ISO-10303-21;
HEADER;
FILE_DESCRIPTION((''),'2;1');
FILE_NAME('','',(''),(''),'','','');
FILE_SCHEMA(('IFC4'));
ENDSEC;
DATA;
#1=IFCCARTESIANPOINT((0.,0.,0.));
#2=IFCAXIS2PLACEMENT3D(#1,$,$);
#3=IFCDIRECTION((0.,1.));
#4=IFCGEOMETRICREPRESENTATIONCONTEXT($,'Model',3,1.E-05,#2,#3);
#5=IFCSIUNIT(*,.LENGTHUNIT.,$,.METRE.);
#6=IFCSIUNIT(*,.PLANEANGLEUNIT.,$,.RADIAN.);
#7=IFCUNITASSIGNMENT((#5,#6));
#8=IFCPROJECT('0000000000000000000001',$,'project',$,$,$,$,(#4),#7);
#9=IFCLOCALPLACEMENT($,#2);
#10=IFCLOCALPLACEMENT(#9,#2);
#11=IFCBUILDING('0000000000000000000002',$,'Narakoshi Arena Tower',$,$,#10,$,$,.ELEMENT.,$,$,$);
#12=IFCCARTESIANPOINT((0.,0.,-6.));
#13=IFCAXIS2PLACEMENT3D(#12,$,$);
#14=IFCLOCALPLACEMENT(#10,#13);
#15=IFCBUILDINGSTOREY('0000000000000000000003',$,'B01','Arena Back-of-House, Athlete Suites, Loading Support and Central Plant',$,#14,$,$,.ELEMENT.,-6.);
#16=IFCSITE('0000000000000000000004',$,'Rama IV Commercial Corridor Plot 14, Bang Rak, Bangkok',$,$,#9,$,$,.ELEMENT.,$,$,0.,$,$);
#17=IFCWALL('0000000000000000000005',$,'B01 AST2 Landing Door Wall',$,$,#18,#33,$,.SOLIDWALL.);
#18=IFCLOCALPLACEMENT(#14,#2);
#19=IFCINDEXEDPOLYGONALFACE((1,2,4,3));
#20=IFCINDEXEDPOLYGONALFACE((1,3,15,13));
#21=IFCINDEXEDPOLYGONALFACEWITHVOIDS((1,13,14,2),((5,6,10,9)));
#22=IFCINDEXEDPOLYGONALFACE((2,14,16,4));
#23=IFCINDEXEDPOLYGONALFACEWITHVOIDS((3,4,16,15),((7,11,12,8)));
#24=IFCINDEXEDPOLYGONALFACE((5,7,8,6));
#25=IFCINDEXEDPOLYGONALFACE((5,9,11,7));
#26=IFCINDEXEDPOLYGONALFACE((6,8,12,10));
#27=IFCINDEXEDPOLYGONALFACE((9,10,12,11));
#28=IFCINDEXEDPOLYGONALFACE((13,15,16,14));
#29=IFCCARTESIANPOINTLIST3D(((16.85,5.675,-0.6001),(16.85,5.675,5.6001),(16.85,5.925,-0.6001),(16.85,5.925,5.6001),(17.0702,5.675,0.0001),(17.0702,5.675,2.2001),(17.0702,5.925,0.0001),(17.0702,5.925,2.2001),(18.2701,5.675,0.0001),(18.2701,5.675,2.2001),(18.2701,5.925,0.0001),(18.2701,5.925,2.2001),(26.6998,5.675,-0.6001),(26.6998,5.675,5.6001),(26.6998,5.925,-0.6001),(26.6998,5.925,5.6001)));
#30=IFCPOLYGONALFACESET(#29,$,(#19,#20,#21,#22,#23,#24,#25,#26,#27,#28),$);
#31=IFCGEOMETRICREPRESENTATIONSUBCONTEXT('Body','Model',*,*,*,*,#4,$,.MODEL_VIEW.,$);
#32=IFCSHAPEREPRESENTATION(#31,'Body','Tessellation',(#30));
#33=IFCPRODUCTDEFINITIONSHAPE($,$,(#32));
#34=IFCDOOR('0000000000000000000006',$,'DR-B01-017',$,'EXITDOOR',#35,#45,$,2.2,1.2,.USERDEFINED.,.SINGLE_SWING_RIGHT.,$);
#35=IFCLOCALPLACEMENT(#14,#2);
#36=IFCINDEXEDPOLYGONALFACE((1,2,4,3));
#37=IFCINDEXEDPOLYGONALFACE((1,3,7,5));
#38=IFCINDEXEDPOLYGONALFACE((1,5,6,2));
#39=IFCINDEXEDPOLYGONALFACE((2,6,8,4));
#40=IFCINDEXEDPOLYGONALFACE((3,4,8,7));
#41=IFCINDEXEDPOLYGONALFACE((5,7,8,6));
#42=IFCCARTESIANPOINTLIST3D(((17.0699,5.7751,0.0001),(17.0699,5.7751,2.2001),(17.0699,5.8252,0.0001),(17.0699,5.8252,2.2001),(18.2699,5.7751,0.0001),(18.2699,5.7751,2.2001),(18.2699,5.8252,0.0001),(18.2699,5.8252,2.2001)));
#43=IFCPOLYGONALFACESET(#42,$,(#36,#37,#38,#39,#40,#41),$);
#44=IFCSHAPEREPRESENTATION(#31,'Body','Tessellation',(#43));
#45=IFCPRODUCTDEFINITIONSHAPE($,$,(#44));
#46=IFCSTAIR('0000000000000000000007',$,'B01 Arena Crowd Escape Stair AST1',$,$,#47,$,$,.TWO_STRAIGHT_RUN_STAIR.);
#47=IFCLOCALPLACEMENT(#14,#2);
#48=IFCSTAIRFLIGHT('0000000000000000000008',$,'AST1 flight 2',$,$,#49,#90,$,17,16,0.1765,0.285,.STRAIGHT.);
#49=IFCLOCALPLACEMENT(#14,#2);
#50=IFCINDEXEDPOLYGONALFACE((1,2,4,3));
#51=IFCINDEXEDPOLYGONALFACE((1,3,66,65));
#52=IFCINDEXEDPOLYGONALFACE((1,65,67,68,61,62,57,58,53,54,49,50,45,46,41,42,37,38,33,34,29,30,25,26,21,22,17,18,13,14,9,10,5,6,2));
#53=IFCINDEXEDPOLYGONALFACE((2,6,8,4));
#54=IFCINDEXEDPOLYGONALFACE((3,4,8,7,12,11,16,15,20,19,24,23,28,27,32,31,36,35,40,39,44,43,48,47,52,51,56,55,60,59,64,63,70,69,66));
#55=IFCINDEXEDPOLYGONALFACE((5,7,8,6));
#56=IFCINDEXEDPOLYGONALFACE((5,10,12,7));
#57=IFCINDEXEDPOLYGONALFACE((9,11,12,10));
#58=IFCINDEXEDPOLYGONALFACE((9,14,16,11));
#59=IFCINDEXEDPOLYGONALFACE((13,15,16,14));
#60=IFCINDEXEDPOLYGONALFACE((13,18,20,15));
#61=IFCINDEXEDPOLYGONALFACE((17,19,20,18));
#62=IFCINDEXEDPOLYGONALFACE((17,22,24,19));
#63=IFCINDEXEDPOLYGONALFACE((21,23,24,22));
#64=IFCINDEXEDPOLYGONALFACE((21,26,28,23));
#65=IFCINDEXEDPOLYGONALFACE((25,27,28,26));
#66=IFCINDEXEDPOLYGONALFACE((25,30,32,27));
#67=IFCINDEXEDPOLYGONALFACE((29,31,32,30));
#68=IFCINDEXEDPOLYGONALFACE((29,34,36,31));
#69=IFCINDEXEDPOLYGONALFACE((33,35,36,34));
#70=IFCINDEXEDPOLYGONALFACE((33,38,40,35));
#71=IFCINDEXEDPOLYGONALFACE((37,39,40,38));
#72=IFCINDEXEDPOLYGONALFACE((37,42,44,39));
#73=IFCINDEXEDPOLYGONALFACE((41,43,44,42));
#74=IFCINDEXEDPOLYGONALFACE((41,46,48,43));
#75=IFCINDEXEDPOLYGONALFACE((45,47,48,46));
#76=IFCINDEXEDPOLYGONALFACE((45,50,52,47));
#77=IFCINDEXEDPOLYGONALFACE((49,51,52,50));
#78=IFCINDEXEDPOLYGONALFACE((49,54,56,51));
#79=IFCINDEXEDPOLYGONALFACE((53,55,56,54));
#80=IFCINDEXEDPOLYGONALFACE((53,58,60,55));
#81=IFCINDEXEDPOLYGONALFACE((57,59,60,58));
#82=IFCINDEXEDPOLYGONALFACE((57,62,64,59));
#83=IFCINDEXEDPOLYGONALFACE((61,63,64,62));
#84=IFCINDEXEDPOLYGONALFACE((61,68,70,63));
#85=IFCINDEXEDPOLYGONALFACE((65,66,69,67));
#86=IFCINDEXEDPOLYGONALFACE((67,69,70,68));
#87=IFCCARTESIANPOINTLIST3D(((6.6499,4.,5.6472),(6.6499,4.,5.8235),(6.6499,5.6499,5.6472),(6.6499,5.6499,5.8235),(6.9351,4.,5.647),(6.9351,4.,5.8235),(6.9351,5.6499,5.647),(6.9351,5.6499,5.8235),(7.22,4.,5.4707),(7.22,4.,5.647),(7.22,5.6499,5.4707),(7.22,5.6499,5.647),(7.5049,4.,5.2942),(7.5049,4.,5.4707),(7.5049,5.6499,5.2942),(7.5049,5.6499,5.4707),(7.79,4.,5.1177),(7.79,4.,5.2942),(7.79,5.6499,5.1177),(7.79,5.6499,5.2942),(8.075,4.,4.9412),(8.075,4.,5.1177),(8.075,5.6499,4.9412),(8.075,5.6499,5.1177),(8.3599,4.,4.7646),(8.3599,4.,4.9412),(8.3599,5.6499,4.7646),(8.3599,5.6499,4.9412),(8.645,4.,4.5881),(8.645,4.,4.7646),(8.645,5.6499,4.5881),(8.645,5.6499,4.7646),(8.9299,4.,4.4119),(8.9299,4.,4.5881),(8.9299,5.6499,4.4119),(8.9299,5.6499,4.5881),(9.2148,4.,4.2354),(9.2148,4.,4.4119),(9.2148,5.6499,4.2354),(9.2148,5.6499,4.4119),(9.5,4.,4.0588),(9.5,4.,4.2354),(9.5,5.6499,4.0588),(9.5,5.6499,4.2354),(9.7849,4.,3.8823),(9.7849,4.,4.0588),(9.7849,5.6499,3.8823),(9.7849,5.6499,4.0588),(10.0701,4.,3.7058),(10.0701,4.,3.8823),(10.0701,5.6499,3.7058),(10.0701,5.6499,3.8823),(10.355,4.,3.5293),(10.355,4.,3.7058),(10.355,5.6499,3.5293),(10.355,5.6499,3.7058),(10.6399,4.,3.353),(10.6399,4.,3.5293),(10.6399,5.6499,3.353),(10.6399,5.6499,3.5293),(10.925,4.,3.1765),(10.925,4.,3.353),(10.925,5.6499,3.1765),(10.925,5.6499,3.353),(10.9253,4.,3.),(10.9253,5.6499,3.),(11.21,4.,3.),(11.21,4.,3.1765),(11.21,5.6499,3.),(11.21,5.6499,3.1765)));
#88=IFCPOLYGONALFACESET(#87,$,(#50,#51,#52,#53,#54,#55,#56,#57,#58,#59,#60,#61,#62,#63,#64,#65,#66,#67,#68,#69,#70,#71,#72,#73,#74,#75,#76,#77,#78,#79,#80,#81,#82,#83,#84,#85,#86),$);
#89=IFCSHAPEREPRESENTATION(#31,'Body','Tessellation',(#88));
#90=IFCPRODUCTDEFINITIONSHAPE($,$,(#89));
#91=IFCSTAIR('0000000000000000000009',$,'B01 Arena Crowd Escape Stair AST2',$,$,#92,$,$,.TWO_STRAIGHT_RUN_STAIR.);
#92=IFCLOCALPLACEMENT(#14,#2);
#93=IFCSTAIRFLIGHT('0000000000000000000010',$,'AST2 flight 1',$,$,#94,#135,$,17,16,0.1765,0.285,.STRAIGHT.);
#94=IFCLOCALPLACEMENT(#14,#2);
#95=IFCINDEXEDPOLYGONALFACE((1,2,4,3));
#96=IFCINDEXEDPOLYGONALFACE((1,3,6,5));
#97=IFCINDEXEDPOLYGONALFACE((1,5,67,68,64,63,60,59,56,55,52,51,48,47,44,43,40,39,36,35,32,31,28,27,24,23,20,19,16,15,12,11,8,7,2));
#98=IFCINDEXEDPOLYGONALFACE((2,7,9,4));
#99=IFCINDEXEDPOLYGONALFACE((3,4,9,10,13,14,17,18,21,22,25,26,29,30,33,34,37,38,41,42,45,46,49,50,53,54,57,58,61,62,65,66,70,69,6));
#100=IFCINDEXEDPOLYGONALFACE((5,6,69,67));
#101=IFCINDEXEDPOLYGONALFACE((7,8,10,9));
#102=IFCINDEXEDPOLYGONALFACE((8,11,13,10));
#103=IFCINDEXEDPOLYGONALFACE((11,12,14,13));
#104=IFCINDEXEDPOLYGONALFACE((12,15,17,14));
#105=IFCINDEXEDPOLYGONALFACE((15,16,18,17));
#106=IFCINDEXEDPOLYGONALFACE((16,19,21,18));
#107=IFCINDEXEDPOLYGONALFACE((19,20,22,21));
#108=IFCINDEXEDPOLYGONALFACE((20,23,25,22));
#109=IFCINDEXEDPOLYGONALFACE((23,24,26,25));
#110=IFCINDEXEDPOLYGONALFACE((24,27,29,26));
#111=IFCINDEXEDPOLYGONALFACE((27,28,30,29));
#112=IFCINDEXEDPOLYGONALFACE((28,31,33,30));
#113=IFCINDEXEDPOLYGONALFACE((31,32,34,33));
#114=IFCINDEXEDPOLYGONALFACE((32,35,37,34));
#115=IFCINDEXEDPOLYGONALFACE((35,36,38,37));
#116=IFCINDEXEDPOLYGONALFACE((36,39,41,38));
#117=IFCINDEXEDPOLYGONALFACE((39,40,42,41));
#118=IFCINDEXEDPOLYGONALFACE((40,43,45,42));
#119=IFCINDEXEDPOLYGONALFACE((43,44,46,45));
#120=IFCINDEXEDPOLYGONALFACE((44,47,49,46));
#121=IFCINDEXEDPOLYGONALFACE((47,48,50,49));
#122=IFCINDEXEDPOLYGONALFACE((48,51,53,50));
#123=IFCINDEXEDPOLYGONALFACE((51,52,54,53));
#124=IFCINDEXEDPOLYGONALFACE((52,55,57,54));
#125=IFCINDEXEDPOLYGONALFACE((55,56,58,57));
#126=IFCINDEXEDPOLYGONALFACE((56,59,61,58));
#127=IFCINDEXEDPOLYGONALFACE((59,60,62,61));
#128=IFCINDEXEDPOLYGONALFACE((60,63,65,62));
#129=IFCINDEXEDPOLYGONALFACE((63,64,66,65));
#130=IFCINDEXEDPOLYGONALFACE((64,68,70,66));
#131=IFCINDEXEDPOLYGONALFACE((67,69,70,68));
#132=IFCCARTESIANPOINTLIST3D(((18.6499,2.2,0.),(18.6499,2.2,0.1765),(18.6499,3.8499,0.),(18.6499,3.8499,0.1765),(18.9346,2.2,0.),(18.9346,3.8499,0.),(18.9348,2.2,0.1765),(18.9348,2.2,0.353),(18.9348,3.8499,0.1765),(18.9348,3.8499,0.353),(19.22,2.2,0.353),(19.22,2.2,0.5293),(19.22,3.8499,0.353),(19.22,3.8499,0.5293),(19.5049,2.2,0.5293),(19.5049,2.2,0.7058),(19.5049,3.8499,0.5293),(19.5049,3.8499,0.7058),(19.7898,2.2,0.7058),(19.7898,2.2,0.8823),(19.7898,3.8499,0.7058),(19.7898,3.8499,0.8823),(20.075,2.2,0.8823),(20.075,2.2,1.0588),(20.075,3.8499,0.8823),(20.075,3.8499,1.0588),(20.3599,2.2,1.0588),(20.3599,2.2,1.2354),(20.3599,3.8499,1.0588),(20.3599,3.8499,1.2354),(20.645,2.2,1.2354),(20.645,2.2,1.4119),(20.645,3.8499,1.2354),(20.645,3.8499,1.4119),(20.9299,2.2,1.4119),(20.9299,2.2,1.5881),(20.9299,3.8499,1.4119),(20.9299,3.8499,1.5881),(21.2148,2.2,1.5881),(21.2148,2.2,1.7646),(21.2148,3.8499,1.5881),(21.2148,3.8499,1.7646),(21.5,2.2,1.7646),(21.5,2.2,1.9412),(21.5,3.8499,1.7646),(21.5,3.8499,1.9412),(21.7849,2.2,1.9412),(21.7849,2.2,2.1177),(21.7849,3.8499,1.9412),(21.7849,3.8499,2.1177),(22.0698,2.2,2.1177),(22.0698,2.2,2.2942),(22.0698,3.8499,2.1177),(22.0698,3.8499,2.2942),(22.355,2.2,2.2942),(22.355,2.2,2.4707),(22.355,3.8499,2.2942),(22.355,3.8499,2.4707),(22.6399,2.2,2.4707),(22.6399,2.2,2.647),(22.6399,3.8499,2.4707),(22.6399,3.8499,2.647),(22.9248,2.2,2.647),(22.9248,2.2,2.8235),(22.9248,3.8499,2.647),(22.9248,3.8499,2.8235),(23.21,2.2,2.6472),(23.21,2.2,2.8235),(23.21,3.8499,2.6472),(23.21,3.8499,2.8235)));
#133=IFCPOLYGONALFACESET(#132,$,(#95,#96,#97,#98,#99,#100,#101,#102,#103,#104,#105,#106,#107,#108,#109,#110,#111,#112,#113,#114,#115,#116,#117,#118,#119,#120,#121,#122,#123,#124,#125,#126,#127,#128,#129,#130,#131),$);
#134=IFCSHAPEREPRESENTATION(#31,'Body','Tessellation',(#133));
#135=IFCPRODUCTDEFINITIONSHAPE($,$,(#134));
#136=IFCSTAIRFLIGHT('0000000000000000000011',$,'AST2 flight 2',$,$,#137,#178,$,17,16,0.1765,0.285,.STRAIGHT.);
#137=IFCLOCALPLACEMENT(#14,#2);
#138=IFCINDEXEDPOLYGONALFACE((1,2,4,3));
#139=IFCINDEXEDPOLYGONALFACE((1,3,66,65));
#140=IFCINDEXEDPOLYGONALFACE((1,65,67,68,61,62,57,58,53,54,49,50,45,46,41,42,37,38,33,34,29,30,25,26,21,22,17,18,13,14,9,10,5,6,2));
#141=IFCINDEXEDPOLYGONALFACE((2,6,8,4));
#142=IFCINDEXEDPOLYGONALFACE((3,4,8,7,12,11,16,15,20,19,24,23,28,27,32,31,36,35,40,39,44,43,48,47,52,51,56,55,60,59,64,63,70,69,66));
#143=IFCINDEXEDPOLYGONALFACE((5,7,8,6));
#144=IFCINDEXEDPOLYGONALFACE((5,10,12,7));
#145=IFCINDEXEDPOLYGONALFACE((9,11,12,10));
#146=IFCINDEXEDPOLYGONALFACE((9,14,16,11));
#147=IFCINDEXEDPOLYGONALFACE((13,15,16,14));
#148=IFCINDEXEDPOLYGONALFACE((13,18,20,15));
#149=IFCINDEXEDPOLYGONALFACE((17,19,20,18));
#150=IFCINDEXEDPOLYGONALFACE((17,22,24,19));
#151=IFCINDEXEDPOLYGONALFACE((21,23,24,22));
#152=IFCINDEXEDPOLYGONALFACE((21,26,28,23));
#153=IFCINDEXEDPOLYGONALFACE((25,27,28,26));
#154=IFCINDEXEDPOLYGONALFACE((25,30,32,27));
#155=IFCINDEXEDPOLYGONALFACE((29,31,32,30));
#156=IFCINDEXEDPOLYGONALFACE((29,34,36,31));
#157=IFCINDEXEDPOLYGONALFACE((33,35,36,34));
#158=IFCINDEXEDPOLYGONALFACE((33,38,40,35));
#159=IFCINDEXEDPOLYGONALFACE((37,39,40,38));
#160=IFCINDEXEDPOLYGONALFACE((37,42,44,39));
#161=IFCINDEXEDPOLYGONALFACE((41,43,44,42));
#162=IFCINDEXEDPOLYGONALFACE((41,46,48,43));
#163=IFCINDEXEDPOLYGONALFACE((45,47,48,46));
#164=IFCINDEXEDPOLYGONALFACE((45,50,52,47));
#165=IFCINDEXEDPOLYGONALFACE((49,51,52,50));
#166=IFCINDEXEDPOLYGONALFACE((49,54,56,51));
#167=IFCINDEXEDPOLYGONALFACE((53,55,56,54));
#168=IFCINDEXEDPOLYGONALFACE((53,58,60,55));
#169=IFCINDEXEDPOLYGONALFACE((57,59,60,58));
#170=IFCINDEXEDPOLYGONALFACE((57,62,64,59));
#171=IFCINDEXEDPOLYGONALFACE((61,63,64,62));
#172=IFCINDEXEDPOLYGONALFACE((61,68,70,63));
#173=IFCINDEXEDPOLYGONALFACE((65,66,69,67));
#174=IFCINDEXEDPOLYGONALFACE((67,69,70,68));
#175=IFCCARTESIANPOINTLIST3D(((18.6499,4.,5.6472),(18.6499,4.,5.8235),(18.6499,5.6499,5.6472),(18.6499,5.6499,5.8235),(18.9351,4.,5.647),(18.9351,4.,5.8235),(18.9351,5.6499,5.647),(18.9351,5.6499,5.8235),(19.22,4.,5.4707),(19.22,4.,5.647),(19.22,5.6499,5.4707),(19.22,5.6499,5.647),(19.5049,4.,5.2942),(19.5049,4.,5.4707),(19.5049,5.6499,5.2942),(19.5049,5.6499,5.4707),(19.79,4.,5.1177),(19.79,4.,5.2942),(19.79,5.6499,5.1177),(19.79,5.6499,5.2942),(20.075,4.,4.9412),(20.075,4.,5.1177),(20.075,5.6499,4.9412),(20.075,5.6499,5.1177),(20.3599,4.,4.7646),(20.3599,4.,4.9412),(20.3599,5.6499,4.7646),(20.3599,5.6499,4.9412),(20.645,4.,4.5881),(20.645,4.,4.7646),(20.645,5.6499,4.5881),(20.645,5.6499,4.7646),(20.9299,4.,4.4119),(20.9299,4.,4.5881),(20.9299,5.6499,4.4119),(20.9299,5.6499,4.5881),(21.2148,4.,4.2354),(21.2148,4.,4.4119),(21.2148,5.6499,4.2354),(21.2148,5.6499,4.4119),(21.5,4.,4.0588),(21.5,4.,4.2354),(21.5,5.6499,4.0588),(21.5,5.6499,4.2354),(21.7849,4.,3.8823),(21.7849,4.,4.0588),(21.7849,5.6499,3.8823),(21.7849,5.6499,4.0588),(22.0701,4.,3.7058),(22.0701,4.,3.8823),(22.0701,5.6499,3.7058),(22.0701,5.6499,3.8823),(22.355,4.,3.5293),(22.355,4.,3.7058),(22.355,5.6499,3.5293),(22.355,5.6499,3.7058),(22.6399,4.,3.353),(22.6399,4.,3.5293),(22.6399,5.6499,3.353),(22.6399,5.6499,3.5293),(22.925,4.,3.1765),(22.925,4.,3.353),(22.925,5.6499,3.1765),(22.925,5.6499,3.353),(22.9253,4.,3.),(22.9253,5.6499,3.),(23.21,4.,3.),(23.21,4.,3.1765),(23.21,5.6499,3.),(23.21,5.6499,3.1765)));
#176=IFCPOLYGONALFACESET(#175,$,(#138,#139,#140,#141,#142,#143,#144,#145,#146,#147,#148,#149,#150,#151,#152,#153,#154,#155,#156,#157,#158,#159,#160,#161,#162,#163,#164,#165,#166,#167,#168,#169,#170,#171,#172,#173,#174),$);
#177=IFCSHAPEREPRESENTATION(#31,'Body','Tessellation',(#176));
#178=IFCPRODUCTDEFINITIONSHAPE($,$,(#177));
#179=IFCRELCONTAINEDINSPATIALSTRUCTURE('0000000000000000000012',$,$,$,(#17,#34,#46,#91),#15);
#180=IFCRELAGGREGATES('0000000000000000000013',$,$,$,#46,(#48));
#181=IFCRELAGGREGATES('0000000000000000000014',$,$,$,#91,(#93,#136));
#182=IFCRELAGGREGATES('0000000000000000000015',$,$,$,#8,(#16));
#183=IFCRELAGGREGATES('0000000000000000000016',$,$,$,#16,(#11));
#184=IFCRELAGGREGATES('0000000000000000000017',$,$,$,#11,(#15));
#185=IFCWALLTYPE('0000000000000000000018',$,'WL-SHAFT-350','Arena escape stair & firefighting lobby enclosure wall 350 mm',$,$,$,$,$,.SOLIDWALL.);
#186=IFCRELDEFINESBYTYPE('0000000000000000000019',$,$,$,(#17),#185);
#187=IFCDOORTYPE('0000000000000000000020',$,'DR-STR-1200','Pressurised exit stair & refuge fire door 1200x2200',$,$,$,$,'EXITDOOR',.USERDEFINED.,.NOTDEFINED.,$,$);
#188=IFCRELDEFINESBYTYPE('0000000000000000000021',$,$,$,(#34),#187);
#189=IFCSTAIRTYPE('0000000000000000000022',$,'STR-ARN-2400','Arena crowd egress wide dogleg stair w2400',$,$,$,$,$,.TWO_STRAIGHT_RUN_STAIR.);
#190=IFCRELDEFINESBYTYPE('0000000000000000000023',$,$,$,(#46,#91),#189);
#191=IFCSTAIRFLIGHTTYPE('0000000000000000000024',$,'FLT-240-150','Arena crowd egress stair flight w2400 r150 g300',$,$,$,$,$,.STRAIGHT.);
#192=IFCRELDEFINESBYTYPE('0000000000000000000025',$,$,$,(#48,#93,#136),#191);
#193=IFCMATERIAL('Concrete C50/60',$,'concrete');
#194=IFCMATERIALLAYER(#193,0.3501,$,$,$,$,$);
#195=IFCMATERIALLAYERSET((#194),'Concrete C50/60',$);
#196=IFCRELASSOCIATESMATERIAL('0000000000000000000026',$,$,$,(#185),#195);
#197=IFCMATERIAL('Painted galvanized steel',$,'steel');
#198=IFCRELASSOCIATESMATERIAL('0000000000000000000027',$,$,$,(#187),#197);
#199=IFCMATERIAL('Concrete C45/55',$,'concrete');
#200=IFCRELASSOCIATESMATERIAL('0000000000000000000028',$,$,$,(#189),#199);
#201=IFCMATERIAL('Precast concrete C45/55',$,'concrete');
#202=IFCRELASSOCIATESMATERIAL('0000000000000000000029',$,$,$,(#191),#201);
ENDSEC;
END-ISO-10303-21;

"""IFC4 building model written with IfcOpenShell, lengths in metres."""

from ifc_helpers import new_model, si_unit, direction, frame, frame_2d, origin, place, context, subcontext, project, spatial, polyline, rectangle, outline, extrude, material, layer, layer_set, type_object, element, fill, aggregate, save


model = new_model("IFC4")

# Units and contexts
model_context = context("Model", 3, precision=1e-05, world=origin(), true_north=direction((0.0, 1.0)))
body_context = subcontext(model_context, "Body", "Model", "MODEL_VIEW")
ifc_project = project(units=[si_unit("LENGTHUNIT", "METRE"), si_unit("PLANEANGLEUNIT", "RADIAN")], contexts=[model_context])

# Site, building, storey
site_placement = place(None, origin())
site = spatial("IfcSite", under=ifc_project, at=site_placement, Name="Rama IV Commercial Corridor Plot 14, Bang Rak, Bangkok", CompositionType="ELEMENT", RefElevation=0.0)
building_placement = place(site_placement, origin())
building = spatial("IfcBuilding", under=site, at=building_placement, Name="Narakoshi Arena Tower", CompositionType="ELEMENT")
storey_placement = place(building_placement, frame((0.0, 0.0, -6.0)))
storey = spatial("IfcBuildingStorey", under=building, at=storey_placement, Name="B01", Description="Arena Back-of-House, Athlete Suites, Loading Support and Central Plant", CompositionType="ELEMENT", Elevation=-6.0)

# Shared definitions
ifc_material_1 = material(Name="Concrete C45/55", Category="concrete")

# Shared definitions
ifc_material_2 = material(Name="Concrete C50/60", Category="concrete")
ifc_layer_1 = layer(ifc_material_2, 0.3501)
ifc_layer_set_1 = layer_set([ifc_layer_1], Name="Concrete C50/60")
wall_type = type_object("IfcWallType", Name="WL-SHAFT-350", Description="Arena escape stair & firefighting lobby enclosure wall 350 mm", PredefinedType="SOLIDWALL", material=ifc_layer_set_1)

# Wall, opening, door
wall_1_placement = place(storey_placement, frame((16.8501, 5.8, -0.6001), z_axis=(0.0, 0.0, 1.0), x_axis=(1.0, 0.0, 0.0)))
wall_1 = element("IfcWall", 1, at=wall_1_placement, inside=storey, type_object=wall_type, Name="B01 AST2 Landing Door Wall", PredefinedType="SOLIDWALL", context=body_context, shape_type="SweptSolid", body=[
    extrude(rectangle(XDim=9.8499, YDim=0.25, at=frame_2d((4.9248, 0.0))), origin(), (0.0, 0.0, 1.0), 6.2002),
])
opening_placement = place(wall_1_placement, frame((0.22, 0.0, 0.6001)))
opening = element("IfcOpeningElement", 2, at=opening_placement, cuts=wall_1, PredefinedType="OPENING", context=body_context, shape_type="SweptSolid", body=[
    extrude(rectangle(XDim=1.2, YDim=2.2, at=frame_2d((0.6001, 1.1001))), frame((0.0, 0.135, 0.0), z_axis=(0.0, -1.0, 0.0), x_axis=(1.0, 0.0, 0.0)), (0.0, 0.0, 1.0), 0.27),
])
ifc_material_3 = material(Name="Painted galvanized steel", Category="steel")
door_type = type_object("IfcDoorType", Name="DR-STR-1200", Description="Pressurised exit stair & refuge fire door 1200x2200", ElementType="EXITDOOR", OperationType="NOTDEFINED", PredefinedType="USERDEFINED", material=ifc_material_3)
door_placement = place(opening_placement, frame((1.2, 0.0, 0.0), z_axis=(0.0, 0.0, 1.0), x_axis=(-1.0, 0.0, 0.0)))
door = element("IfcDoor", 3, at=door_placement, inside=storey, type_object=door_type, Name="DR-B01-017", ObjectType="EXITDOOR", OperationType="SINGLE_SWING_RIGHT", OverallHeight=2.2, OverallWidth=1.2, PredefinedType="USERDEFINED", context=body_context, shape_type="SweptSolid", body=[
    extrude(rectangle(XDim=1.2, YDim=2.2, at=frame_2d((0.6001, 1.1001))), frame((0.0, 0.0249, 0.0), z_axis=(0.0, -1.0, 0.0), x_axis=(1.0, 0.0, 0.0)), (0.0, 0.0, 1.0), 0.05),
])
fill(opening, door)

# Stair, stair flight
stair_type = type_object("IfcStairType", Name="STR-ARN-2400", Description="Arena crowd egress wide dogleg stair w2400", PredefinedType="TWO_STRAIGHT_RUN_STAIR", material=ifc_material_1)
stair_1_placement = place(storey_placement, origin())
stair_1 = element("IfcStair", 4, at=stair_1_placement, inside=storey, type_object=stair_type, Name="B01 Arena Crowd Escape Stair AST1", PredefinedType="TWO_STRAIGHT_RUN_STAIR")
ifc_material_4 = material(Name="Precast concrete C45/55", Category="concrete")
stair_flight_type = type_object("IfcStairFlightType", Name="FLT-240-150", Description="Arena crowd egress stair flight w2400 r150 g300", PredefinedType="STRAIGHT", material=ifc_material_4)
stair_flight_1_placement = place(storey_placement, frame((11.21, 4.825, 3.0), z_axis=(0.0, 0.0, 1.0), x_axis=(-1.0, 0.0, 0.0)))
stair_flight_1 = element("IfcStairFlight", 5, at=stair_flight_1_placement, type_object=stair_flight_type, Name="AST1 flight 2", NumberOfRisers=17, NumberOfTreads=16, PredefinedType="STRAIGHT", RiserHeight=0.1765, TreadLength=0.285, context=body_context, shape_type="SweptSolid", body=[
    extrude(outline(polyline([(0.0, 0.0), (0.0, 0.1765), (0.2849, 0.1765), (0.2849, 0.353), (0.5701, 0.353), (0.5701, 0.5293), (0.855, 0.5293), (0.855, 0.7058), (1.1399, 0.7058), (1.1399, 0.8823), (1.425, 0.8823), (1.425, 1.0588), (1.71, 1.0588), (1.71, 1.2354), (1.9951, 1.2354), (1.9951, 1.4119), (2.28, 1.4119), (2.28, 1.5881), (2.5649, 1.5881), (2.5649, 1.7646), (2.8501, 1.7646), (2.8501, 1.9412), (3.135, 1.9412), (3.135, 2.1177), (3.4199, 2.1177), (3.4199, 2.2942), (3.7051, 2.2942), (3.7051, 2.4707), (3.99, 2.4707), (3.99, 2.647), (4.2749, 2.647), (4.2749, 2.8235), (4.5601, 2.8235), (4.5601, 3.0), (4.5601, 2.6472), (0.2847, 0.0), (0.0, 0.0)])), frame((0.0, 0.825, 0.0), z_axis=(0.0, -1.0, 0.0), x_axis=(1.0, 0.0, 0.0)), (0.0, 0.0, 1.0), 1.6499),
])
aggregate(stair_1, [stair_flight_1])

# Stair, stair flights
stair_2_placement = place(storey_placement, origin())
stair_2 = element("IfcStair", 6, at=stair_2_placement, inside=storey, type_object=stair_type, Name="B01 Arena Crowd Escape Stair AST2", PredefinedType="TWO_STRAIGHT_RUN_STAIR")
stair_flight_2_placement = place(storey_placement, frame((18.6499, 3.0249, 0.0), z_axis=(0.0, 0.0, 1.0), x_axis=(1.0, 0.0, 0.0)))
stair_flight_2 = element("IfcStairFlight", 7, at=stair_flight_2_placement, type_object=stair_flight_type, Name="AST2 flight 1", NumberOfRisers=17, NumberOfTreads=16, PredefinedType="STRAIGHT", RiserHeight=0.1765, TreadLength=0.285, context=body_context, shape_type="SweptSolid", body=[
    extrude(outline(polyline([(0.0, 0.0), (0.0, 0.1765), (0.2849, 0.1765), (0.2849, 0.353), (0.5701, 0.353), (0.5701, 0.5293), (0.855, 0.5293), (0.855, 0.7058), (1.1399, 0.7058), (1.1399, 0.8823), (1.425, 0.8823), (1.425, 1.0588), (1.71, 1.0588), (1.71, 1.2354), (1.9951, 1.2354), (1.9951, 1.4119), (2.28, 1.4119), (2.28, 1.5881), (2.5649, 1.5881), (2.5649, 1.7646), (2.8501, 1.7646), (2.8501, 1.9412), (3.135, 1.9412), (3.135, 2.1177), (3.4199, 2.1177), (3.4199, 2.2942), (3.7051, 2.2942), (3.7051, 2.4707), (3.99, 2.4707), (3.99, 2.647), (4.2749, 2.647), (4.2749, 2.8235), (4.5601, 2.8235), (4.5601, 3.0), (4.5601, 2.6472), (0.2847, 0.0), (0.0, 0.0)])), frame((0.0, 0.825, 0.0), z_axis=(0.0, -1.0, 0.0), x_axis=(1.0, 0.0, 0.0)), (0.0, 0.0, 1.0), 1.6499),
])
stair_flight_3_placement = place(storey_placement, frame((23.21, 4.825, 3.0), z_axis=(0.0, 0.0, 1.0), x_axis=(-1.0, 0.0, 0.0)))
stair_flight_3 = element("IfcStairFlight", 8, at=stair_flight_3_placement, type_object=stair_flight_type, Name="AST2 flight 2", NumberOfRisers=17, NumberOfTreads=16, PredefinedType="STRAIGHT", RiserHeight=0.1765, TreadLength=0.285, context=body_context, shape_type="SweptSolid", body=[
    extrude(outline(polyline([(0.0, 0.0), (0.0, 0.1765), (0.2849, 0.1765), (0.2849, 0.353), (0.5701, 0.353), (0.5701, 0.5293), (0.855, 0.5293), (0.855, 0.7058), (1.1399, 0.7058), (1.1399, 0.8823), (1.425, 0.8823), (1.425, 1.0588), (1.71, 1.0588), (1.71, 1.2354), (1.9951, 1.2354), (1.9951, 1.4119), (2.28, 1.4119), (2.28, 1.5881), (2.5649, 1.5881), (2.5649, 1.7646), (2.8501, 1.7646), (2.8501, 1.9412), (3.135, 1.9412), (3.135, 2.1177), (3.4199, 2.1177), (3.4199, 2.2942), (3.7051, 2.2942), (3.7051, 2.4707), (3.99, 2.4707), (3.99, 2.647), (4.2749, 2.647), (4.2749, 2.8235), (4.5601, 2.8235), (4.5601, 3.0), (4.5601, 2.6472), (0.2847, 0.0), (0.0, 0.0)])), frame((0.0, 0.825, 0.0), z_axis=(0.0, -1.0, 0.0), x_axis=(1.0, 0.0, 0.0)), (0.0, 0.0, 1.0), 1.6499),
])
aggregate(stair_2, [stair_flight_2, stair_flight_3])

save(model, "model.ifc")
